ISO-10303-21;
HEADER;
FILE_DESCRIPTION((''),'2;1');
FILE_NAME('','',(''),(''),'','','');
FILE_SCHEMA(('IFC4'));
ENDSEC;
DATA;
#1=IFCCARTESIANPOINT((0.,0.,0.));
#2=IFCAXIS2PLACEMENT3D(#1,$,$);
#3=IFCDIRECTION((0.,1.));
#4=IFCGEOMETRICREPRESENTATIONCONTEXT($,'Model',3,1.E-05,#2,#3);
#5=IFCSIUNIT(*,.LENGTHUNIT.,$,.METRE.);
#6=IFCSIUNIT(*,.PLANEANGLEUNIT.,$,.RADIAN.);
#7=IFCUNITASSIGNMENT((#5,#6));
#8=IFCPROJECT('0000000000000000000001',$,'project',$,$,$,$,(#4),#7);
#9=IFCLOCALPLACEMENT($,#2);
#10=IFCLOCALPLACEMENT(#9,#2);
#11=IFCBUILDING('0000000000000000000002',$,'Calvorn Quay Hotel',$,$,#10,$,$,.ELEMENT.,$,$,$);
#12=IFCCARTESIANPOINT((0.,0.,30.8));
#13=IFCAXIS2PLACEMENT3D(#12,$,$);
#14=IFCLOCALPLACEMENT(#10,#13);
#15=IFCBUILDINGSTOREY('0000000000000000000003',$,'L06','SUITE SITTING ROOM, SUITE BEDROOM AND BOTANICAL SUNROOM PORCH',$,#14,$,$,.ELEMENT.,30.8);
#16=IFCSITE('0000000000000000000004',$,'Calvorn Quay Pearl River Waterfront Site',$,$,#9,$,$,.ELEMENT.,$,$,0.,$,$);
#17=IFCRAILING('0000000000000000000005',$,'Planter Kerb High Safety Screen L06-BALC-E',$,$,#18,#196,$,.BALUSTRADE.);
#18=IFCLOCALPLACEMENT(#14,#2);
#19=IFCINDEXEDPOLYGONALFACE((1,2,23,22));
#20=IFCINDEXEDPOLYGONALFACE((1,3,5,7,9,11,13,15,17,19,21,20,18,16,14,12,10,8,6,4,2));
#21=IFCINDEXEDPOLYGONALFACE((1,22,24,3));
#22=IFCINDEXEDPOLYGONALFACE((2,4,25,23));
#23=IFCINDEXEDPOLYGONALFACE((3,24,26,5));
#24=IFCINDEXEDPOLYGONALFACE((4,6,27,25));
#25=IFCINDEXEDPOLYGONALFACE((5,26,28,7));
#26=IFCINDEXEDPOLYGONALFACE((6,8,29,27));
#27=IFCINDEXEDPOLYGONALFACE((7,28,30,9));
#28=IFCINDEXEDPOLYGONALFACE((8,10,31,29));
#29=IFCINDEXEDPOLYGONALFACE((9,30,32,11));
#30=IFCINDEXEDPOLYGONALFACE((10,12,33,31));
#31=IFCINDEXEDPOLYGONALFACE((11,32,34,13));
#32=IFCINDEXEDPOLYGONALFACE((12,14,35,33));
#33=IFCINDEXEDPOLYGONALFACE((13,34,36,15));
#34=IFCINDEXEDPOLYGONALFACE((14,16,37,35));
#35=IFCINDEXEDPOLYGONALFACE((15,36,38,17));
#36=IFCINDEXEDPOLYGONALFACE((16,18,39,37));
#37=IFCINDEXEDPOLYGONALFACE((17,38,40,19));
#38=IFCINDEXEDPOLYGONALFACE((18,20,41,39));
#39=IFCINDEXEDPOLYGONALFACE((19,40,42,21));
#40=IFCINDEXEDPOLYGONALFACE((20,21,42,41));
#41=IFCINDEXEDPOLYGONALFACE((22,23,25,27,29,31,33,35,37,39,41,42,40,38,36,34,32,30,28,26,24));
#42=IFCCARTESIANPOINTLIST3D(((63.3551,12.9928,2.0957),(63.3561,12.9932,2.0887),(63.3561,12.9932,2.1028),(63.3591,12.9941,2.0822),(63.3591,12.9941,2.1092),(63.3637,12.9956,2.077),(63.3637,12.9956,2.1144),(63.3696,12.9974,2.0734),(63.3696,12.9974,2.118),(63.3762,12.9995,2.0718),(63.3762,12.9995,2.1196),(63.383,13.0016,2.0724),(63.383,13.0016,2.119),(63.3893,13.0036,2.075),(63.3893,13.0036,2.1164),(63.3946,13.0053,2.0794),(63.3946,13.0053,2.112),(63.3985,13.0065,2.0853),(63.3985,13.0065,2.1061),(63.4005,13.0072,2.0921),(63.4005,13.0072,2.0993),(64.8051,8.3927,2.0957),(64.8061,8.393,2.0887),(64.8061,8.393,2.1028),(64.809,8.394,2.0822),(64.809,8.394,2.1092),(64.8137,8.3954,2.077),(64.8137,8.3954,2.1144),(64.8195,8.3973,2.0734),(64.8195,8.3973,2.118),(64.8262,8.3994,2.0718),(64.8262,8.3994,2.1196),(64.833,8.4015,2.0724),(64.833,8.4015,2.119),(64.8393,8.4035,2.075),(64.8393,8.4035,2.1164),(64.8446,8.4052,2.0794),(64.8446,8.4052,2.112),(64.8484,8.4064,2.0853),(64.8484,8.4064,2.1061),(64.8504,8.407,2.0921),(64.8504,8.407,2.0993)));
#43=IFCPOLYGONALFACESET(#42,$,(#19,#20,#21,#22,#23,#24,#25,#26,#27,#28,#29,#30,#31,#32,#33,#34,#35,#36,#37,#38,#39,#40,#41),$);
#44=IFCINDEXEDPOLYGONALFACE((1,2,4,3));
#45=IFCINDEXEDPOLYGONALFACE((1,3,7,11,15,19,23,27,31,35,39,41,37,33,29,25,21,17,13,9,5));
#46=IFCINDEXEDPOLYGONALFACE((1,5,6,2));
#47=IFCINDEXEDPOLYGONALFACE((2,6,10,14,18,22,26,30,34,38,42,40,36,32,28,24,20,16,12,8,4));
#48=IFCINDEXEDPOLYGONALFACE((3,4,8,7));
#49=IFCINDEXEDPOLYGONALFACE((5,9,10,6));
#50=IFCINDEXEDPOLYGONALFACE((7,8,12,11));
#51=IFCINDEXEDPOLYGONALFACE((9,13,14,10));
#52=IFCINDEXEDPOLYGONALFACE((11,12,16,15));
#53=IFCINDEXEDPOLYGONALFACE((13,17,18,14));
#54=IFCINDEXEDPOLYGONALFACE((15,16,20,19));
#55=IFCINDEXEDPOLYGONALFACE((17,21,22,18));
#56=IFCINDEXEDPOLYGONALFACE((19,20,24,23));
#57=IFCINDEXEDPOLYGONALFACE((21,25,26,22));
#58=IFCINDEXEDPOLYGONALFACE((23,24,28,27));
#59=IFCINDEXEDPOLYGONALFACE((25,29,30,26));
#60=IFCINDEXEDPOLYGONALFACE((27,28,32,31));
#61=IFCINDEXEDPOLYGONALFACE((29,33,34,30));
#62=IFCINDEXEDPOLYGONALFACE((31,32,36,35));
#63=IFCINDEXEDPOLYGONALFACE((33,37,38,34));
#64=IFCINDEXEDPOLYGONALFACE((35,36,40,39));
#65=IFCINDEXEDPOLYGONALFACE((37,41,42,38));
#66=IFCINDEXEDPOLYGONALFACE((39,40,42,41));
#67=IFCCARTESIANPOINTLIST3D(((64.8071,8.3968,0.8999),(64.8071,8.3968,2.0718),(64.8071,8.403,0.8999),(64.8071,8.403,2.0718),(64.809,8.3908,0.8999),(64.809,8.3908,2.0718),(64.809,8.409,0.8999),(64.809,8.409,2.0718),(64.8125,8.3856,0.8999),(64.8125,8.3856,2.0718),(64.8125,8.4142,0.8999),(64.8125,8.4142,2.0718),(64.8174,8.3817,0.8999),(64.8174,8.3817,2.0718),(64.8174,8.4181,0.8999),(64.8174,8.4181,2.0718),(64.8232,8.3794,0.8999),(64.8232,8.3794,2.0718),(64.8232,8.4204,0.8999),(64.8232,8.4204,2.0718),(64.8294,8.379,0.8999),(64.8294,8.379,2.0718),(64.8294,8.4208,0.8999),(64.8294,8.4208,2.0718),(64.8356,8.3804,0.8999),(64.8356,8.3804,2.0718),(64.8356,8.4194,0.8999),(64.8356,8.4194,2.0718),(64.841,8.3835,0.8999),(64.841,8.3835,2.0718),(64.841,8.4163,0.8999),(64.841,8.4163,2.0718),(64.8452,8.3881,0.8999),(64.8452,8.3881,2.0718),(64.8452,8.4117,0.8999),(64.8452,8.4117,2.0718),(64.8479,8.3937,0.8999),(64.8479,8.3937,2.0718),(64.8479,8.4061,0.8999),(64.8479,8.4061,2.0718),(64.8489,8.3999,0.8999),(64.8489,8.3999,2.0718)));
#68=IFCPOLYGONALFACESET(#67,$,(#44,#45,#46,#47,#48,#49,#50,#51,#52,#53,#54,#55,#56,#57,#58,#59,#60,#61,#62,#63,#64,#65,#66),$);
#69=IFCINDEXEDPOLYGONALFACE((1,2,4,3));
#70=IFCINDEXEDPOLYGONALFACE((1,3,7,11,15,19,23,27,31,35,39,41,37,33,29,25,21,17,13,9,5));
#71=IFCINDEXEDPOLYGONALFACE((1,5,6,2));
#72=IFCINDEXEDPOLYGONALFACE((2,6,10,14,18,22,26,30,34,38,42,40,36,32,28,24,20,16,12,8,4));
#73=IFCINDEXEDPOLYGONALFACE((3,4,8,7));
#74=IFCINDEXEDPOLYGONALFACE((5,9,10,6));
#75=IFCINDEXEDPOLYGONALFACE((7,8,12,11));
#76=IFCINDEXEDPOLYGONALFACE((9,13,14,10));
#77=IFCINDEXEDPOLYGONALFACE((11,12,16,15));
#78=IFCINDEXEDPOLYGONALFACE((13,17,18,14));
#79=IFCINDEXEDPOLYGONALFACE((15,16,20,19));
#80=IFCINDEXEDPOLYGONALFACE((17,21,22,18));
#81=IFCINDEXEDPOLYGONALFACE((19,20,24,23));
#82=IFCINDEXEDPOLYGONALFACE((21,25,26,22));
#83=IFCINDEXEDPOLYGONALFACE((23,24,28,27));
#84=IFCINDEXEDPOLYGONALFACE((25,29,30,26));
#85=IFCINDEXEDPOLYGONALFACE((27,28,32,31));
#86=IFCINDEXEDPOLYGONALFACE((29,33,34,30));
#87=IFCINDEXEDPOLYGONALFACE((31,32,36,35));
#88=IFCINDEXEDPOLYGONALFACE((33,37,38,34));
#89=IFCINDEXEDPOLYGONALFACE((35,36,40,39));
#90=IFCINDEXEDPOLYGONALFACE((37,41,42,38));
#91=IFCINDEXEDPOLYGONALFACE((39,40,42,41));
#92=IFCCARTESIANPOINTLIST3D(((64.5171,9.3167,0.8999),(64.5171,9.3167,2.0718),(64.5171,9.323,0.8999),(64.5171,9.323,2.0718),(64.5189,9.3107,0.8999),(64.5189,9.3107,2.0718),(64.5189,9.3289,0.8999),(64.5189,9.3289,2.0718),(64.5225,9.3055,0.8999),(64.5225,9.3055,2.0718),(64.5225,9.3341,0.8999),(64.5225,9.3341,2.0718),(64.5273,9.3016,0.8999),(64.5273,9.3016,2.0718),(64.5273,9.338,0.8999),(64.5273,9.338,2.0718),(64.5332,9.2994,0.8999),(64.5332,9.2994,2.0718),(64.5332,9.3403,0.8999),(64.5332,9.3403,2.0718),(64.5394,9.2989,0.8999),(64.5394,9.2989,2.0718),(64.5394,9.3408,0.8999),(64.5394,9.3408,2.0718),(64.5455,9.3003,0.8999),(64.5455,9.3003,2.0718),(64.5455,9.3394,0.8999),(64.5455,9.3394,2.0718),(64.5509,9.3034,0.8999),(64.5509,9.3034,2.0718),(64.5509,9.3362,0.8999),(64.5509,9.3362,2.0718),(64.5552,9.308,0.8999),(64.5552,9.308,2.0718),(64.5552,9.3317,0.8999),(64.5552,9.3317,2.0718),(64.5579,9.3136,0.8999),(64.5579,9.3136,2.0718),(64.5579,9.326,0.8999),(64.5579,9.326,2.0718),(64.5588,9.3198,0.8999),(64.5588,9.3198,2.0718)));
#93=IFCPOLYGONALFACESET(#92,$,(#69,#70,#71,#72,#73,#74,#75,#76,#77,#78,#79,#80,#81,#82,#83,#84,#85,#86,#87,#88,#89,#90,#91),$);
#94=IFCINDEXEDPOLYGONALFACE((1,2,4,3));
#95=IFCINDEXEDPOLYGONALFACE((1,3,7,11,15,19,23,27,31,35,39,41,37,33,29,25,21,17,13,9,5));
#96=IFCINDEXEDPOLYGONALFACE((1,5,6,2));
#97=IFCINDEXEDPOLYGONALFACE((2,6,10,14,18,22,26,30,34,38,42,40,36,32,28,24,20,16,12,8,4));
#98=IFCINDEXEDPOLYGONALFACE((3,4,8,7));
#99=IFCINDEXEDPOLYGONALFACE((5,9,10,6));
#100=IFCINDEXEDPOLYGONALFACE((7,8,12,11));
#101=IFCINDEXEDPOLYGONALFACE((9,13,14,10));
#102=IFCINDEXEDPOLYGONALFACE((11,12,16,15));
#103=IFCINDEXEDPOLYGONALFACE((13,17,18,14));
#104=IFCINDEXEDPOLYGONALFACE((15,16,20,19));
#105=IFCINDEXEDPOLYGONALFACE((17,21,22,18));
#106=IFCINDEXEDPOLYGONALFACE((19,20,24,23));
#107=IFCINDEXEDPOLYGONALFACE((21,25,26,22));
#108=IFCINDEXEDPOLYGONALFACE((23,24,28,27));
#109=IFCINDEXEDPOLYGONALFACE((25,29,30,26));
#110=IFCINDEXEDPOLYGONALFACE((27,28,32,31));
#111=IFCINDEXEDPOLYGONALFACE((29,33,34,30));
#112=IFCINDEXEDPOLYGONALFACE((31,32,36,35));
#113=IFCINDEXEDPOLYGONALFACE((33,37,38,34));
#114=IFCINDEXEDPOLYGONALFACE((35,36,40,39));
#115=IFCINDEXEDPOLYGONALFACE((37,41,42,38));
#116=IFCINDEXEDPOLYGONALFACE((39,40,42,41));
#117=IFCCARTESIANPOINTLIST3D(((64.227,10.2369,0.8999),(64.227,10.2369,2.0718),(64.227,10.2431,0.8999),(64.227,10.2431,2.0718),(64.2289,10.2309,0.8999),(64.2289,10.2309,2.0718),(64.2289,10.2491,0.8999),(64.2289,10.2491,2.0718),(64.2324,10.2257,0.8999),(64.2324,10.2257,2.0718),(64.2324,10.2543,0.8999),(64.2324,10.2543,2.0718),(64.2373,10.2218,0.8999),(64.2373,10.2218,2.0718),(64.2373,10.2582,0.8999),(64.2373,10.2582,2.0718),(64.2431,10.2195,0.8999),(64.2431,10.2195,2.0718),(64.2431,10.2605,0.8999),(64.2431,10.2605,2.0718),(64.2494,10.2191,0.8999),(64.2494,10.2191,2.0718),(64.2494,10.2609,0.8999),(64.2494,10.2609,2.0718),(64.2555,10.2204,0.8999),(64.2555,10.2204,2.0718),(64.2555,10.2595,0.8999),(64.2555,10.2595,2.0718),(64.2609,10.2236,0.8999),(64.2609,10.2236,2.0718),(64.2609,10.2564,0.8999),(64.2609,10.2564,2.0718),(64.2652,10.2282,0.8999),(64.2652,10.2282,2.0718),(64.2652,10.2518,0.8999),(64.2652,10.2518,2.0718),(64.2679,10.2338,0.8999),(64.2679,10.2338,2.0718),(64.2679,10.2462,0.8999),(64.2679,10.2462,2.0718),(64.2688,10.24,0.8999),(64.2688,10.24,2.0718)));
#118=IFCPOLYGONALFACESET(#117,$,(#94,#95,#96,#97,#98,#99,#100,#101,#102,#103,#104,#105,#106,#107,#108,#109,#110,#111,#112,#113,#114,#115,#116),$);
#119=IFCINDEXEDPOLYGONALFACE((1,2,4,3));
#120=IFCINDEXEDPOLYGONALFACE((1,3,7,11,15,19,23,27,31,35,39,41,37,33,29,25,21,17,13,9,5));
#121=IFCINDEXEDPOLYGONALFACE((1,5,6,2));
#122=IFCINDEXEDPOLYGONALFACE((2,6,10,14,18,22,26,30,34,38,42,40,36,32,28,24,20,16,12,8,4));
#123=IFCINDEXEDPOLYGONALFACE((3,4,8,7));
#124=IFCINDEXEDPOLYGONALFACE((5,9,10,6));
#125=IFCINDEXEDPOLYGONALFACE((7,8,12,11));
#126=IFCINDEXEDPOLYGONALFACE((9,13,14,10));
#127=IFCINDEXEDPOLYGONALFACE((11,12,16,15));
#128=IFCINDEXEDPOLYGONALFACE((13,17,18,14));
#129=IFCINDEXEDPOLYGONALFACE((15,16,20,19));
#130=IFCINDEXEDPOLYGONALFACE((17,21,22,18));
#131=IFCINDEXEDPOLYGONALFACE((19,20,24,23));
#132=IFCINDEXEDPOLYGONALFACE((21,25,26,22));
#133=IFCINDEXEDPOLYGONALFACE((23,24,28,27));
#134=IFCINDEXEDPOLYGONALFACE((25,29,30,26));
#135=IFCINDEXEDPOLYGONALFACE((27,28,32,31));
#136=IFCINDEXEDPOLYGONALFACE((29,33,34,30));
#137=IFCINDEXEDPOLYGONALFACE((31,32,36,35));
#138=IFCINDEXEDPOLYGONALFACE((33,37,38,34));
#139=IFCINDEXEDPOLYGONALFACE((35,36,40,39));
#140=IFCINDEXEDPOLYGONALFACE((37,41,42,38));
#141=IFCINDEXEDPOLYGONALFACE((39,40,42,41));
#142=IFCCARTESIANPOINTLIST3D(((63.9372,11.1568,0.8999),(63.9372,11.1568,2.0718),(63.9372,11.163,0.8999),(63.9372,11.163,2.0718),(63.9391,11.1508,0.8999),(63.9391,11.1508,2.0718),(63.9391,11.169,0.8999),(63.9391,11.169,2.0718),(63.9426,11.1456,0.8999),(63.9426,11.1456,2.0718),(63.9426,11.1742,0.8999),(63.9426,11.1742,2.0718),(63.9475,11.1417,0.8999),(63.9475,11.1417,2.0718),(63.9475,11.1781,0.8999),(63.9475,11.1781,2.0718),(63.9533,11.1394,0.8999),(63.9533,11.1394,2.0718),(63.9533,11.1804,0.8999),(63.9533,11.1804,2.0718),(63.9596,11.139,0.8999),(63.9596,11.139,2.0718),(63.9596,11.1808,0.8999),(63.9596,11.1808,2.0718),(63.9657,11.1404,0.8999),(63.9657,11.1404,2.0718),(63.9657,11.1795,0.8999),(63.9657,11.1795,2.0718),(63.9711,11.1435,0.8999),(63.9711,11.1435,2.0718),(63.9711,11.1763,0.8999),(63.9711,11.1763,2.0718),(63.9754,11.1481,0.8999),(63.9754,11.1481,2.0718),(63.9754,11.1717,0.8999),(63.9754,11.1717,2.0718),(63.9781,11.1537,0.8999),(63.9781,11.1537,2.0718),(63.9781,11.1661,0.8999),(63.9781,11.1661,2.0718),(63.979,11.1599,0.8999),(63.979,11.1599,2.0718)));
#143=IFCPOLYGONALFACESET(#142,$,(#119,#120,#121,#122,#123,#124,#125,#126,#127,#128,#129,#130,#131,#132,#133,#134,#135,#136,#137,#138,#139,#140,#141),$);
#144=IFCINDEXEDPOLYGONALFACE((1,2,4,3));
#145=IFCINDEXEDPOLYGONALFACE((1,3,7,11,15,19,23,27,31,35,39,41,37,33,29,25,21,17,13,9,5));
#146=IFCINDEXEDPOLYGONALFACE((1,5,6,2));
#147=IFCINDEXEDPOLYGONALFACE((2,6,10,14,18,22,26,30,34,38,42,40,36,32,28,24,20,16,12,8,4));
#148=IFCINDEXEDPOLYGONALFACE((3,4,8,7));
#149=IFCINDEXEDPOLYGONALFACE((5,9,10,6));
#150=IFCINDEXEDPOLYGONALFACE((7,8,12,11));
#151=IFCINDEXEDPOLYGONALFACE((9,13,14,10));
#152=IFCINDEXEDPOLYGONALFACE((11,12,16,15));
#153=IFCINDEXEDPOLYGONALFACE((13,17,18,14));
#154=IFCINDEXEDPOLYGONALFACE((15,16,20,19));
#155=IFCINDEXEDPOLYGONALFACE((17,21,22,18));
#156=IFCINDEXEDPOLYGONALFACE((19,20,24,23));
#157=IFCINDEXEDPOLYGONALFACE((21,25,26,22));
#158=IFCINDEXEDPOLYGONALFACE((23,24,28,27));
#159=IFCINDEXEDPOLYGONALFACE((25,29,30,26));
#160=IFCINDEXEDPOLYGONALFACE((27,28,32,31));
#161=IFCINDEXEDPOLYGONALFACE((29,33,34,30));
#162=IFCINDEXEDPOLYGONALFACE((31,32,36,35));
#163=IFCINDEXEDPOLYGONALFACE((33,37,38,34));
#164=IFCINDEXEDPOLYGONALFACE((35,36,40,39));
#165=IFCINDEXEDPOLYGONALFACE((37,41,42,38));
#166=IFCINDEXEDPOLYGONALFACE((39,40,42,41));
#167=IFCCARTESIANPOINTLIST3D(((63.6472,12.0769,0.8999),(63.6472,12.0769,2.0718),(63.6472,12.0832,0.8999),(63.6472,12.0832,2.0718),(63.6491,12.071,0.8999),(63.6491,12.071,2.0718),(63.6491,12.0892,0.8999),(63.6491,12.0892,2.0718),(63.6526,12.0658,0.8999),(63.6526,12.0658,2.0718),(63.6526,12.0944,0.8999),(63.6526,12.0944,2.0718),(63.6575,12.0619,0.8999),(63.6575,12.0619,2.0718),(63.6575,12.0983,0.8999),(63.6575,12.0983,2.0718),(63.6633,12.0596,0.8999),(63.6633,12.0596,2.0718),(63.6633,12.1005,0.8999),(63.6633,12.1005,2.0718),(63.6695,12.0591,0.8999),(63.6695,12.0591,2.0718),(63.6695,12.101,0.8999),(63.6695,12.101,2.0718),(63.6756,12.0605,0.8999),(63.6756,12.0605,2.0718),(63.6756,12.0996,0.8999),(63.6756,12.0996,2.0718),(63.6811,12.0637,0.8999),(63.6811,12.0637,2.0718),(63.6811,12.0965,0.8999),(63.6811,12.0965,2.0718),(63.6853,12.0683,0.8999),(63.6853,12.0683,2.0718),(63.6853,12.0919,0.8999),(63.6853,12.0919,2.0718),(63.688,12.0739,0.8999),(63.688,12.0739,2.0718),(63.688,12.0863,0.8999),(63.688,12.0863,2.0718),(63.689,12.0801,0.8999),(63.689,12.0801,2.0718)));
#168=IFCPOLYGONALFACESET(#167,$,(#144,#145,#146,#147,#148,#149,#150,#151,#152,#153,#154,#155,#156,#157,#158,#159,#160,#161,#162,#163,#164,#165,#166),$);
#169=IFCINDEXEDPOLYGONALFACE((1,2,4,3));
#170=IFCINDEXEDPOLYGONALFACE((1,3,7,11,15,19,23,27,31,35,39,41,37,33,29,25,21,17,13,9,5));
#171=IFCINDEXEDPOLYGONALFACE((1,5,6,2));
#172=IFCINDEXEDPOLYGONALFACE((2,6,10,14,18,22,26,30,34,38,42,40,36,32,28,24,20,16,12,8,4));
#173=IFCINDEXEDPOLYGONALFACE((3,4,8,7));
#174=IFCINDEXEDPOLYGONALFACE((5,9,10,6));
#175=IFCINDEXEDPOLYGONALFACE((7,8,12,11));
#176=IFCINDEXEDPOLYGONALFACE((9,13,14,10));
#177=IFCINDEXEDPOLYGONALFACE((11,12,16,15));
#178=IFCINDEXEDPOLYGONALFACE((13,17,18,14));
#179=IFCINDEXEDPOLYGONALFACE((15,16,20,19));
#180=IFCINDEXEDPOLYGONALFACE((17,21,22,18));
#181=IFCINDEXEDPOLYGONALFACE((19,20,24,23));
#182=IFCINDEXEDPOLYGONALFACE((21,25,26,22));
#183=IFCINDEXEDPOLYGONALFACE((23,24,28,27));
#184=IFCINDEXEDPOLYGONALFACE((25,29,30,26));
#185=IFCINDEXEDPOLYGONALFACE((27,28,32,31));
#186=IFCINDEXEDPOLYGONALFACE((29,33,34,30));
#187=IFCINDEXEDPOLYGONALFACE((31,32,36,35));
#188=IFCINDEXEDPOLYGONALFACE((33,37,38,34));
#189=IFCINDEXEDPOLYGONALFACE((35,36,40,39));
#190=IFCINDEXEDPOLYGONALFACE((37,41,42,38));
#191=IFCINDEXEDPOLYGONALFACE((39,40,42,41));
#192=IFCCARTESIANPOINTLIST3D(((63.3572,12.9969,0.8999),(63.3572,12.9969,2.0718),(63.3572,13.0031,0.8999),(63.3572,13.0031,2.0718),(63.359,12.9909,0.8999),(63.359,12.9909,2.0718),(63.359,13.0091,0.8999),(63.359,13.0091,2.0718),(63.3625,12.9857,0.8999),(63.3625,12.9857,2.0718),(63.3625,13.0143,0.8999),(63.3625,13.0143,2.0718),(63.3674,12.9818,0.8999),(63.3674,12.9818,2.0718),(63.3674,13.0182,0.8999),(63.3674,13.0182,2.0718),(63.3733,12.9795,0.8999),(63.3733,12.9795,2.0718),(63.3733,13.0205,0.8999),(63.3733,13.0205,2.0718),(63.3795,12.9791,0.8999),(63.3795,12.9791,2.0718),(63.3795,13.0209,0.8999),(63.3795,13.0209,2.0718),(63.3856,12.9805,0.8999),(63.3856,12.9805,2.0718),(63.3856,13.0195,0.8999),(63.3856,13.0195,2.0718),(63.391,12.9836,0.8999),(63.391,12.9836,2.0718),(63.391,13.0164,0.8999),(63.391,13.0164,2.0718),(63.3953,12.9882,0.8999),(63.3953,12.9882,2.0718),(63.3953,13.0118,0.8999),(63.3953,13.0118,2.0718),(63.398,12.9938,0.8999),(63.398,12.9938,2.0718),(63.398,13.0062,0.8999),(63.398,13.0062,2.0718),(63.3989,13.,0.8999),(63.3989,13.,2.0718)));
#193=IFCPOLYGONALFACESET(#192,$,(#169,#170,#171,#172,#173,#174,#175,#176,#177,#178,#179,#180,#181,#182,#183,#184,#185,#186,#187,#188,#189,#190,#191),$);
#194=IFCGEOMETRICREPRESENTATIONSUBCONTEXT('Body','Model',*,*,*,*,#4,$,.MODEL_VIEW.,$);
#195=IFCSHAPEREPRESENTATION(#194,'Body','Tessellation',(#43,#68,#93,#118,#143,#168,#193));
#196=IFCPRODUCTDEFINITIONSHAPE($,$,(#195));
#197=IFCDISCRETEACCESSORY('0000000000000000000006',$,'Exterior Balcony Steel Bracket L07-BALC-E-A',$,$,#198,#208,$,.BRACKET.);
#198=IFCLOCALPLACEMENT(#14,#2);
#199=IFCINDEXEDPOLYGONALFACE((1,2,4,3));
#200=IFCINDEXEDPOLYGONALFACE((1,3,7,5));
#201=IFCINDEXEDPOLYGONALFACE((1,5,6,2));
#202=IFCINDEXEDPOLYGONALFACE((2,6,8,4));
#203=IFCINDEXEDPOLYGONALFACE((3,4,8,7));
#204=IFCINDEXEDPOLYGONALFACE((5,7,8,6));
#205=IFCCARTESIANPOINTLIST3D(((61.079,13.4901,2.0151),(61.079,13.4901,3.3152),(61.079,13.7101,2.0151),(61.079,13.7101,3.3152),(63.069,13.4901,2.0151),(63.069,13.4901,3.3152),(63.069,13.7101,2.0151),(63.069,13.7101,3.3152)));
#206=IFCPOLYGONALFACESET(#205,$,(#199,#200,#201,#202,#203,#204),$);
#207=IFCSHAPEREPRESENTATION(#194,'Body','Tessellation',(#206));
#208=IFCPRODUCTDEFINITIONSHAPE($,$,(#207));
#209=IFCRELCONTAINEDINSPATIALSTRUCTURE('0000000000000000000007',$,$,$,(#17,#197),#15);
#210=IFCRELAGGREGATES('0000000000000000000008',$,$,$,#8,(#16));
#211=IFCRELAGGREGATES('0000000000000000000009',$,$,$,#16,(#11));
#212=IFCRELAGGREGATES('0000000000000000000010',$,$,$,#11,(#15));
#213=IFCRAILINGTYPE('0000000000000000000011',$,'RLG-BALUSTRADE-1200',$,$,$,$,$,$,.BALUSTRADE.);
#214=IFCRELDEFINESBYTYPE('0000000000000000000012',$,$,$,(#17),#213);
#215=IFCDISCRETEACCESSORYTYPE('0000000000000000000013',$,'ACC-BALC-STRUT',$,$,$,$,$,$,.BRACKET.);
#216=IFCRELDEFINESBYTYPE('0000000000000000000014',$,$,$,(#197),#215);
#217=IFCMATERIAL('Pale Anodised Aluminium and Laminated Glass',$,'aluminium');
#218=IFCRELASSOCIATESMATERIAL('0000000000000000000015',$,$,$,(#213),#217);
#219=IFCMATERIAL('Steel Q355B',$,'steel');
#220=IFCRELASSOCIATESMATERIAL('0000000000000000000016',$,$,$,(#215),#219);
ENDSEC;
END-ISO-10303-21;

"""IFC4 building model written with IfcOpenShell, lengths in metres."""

from ifc_helpers import new_model, si_unit, direction, frame, origin, origin_2d, place, context, subcontext, project, spatial, rectangle, circle, extrude, material, type_object, element, save


model = new_model("IFC4")

# Units and contexts
model_context = context("Model", 3, precision=1e-05, world=origin(), true_north=direction((0.0, 1.0)))
body_context = subcontext(model_context, "Body", "Model", "MODEL_VIEW")
ifc_project = project(units=[si_unit("LENGTHUNIT", "METRE"), si_unit("PLANEANGLEUNIT", "RADIAN")], contexts=[model_context])

# Site, building, storey
site_placement = place(None, origin())
site = spatial("IfcSite", under=ifc_project, at=site_placement, Name="Calvorn Quay Pearl River Waterfront Site", CompositionType="ELEMENT", RefElevation=0.0)
building_placement = place(site_placement, origin())
building = spatial("IfcBuilding", under=site, at=building_placement, Name="Calvorn Quay Hotel", CompositionType="ELEMENT")
storey_placement = place(building_placement, frame((0.0, 0.0, 30.8)))
storey = spatial("IfcBuildingStorey", under=building, at=storey_placement, Name="L06", Description="SUITE SITTING ROOM, SUITE BEDROOM AND BOTANICAL SUNROOM PORCH", CompositionType="ELEMENT", Elevation=30.8)

# Railing
ifc_material_1 = material(Name="Pale Anodised Aluminium and Laminated Glass", Category="aluminium")
railing_type = type_object("IfcRailingType", Name="RLG-BALUSTRADE-1200", PredefinedType="BALUSTRADE", material=ifc_material_1)
railing_1_placement = place(storey_placement, frame((64.8279, 8.3999, 0.8999)))
element("IfcRailing", 1, at=railing_1_placement, inside=storey, type_object=railing_type, Name="Planter Kerb High Safety Screen L06-BALC-E", PredefinedType="BALUSTRADE", context=body_context, shape_type="SweptSolid", body=[
    extrude(circle(Radius=0.0239, at=origin_2d()), frame((0.0, 0.0, 1.1958), z_axis=(-0.30062, 0.953744, 0.0), x_axis=(-0.953744, -0.30062, 0.0)), (0.0, 0.0, 1.0), 4.8232),
    extrude(circle(Radius=0.021, at=origin_2d()), origin(), (0.0, 0.0, 1.0), 1.1719),
    extrude(circle(Radius=0.021, at=origin_2d()), frame((-0.29, 0.9199, 0.0)), (0.0, 0.0, 1.0), 1.1719),
    extrude(circle(Radius=0.021, at=origin_2d()), frame((-0.5801, 1.8401, 0.0)), (0.0, 0.0, 1.0), 1.1719),
    extrude(circle(Radius=0.021, at=origin_2d()), frame((-0.8699, 2.76, 0.0)), (0.0, 0.0, 1.0), 1.1719),
    extrude(circle(Radius=0.021, at=origin_2d()), frame((-1.1599, 3.6802, 0.0)), (0.0, 0.0, 1.0), 1.1719),
    extrude(circle(Radius=0.021, at=origin_2d()), frame((-1.45, 4.6001, 0.0)), (0.0, 0.0, 1.0), 1.1719),
])

# Discrete accessory
ifc_material_2 = material(Name="Steel Q355B", Category="steel")
discrete_accessory_type_1 = type_object("IfcDiscreteAccessoryType", Name="ACC-BALC-STRUT", PredefinedType="BRACKET", material=ifc_material_2)
for number, where, z_axis, x_axis, name in (
    (2, (62.074, 13.6001, 2.0151), (0.0, 0.0, 1.0), (1.0, 0.0, 0.0), "Exterior Balcony Steel Bracket L07-BALC-E-A"),
):
    element("IfcDiscreteAccessory", number, at=place(storey_placement, frame(where, z_axis=z_axis, x_axis=x_axis)), inside=storey, type_object=discrete_accessory_type_1, Name=name, PredefinedType="BRACKET", context=body_context, shape_type="SweptSolid", body=[
        extrude(rectangle(XDim=1.99, YDim=0.22, at=origin_2d()), origin(), (0.0, 0.0, 1.0), 1.3),
    ])

save(model, "model.ifc")
